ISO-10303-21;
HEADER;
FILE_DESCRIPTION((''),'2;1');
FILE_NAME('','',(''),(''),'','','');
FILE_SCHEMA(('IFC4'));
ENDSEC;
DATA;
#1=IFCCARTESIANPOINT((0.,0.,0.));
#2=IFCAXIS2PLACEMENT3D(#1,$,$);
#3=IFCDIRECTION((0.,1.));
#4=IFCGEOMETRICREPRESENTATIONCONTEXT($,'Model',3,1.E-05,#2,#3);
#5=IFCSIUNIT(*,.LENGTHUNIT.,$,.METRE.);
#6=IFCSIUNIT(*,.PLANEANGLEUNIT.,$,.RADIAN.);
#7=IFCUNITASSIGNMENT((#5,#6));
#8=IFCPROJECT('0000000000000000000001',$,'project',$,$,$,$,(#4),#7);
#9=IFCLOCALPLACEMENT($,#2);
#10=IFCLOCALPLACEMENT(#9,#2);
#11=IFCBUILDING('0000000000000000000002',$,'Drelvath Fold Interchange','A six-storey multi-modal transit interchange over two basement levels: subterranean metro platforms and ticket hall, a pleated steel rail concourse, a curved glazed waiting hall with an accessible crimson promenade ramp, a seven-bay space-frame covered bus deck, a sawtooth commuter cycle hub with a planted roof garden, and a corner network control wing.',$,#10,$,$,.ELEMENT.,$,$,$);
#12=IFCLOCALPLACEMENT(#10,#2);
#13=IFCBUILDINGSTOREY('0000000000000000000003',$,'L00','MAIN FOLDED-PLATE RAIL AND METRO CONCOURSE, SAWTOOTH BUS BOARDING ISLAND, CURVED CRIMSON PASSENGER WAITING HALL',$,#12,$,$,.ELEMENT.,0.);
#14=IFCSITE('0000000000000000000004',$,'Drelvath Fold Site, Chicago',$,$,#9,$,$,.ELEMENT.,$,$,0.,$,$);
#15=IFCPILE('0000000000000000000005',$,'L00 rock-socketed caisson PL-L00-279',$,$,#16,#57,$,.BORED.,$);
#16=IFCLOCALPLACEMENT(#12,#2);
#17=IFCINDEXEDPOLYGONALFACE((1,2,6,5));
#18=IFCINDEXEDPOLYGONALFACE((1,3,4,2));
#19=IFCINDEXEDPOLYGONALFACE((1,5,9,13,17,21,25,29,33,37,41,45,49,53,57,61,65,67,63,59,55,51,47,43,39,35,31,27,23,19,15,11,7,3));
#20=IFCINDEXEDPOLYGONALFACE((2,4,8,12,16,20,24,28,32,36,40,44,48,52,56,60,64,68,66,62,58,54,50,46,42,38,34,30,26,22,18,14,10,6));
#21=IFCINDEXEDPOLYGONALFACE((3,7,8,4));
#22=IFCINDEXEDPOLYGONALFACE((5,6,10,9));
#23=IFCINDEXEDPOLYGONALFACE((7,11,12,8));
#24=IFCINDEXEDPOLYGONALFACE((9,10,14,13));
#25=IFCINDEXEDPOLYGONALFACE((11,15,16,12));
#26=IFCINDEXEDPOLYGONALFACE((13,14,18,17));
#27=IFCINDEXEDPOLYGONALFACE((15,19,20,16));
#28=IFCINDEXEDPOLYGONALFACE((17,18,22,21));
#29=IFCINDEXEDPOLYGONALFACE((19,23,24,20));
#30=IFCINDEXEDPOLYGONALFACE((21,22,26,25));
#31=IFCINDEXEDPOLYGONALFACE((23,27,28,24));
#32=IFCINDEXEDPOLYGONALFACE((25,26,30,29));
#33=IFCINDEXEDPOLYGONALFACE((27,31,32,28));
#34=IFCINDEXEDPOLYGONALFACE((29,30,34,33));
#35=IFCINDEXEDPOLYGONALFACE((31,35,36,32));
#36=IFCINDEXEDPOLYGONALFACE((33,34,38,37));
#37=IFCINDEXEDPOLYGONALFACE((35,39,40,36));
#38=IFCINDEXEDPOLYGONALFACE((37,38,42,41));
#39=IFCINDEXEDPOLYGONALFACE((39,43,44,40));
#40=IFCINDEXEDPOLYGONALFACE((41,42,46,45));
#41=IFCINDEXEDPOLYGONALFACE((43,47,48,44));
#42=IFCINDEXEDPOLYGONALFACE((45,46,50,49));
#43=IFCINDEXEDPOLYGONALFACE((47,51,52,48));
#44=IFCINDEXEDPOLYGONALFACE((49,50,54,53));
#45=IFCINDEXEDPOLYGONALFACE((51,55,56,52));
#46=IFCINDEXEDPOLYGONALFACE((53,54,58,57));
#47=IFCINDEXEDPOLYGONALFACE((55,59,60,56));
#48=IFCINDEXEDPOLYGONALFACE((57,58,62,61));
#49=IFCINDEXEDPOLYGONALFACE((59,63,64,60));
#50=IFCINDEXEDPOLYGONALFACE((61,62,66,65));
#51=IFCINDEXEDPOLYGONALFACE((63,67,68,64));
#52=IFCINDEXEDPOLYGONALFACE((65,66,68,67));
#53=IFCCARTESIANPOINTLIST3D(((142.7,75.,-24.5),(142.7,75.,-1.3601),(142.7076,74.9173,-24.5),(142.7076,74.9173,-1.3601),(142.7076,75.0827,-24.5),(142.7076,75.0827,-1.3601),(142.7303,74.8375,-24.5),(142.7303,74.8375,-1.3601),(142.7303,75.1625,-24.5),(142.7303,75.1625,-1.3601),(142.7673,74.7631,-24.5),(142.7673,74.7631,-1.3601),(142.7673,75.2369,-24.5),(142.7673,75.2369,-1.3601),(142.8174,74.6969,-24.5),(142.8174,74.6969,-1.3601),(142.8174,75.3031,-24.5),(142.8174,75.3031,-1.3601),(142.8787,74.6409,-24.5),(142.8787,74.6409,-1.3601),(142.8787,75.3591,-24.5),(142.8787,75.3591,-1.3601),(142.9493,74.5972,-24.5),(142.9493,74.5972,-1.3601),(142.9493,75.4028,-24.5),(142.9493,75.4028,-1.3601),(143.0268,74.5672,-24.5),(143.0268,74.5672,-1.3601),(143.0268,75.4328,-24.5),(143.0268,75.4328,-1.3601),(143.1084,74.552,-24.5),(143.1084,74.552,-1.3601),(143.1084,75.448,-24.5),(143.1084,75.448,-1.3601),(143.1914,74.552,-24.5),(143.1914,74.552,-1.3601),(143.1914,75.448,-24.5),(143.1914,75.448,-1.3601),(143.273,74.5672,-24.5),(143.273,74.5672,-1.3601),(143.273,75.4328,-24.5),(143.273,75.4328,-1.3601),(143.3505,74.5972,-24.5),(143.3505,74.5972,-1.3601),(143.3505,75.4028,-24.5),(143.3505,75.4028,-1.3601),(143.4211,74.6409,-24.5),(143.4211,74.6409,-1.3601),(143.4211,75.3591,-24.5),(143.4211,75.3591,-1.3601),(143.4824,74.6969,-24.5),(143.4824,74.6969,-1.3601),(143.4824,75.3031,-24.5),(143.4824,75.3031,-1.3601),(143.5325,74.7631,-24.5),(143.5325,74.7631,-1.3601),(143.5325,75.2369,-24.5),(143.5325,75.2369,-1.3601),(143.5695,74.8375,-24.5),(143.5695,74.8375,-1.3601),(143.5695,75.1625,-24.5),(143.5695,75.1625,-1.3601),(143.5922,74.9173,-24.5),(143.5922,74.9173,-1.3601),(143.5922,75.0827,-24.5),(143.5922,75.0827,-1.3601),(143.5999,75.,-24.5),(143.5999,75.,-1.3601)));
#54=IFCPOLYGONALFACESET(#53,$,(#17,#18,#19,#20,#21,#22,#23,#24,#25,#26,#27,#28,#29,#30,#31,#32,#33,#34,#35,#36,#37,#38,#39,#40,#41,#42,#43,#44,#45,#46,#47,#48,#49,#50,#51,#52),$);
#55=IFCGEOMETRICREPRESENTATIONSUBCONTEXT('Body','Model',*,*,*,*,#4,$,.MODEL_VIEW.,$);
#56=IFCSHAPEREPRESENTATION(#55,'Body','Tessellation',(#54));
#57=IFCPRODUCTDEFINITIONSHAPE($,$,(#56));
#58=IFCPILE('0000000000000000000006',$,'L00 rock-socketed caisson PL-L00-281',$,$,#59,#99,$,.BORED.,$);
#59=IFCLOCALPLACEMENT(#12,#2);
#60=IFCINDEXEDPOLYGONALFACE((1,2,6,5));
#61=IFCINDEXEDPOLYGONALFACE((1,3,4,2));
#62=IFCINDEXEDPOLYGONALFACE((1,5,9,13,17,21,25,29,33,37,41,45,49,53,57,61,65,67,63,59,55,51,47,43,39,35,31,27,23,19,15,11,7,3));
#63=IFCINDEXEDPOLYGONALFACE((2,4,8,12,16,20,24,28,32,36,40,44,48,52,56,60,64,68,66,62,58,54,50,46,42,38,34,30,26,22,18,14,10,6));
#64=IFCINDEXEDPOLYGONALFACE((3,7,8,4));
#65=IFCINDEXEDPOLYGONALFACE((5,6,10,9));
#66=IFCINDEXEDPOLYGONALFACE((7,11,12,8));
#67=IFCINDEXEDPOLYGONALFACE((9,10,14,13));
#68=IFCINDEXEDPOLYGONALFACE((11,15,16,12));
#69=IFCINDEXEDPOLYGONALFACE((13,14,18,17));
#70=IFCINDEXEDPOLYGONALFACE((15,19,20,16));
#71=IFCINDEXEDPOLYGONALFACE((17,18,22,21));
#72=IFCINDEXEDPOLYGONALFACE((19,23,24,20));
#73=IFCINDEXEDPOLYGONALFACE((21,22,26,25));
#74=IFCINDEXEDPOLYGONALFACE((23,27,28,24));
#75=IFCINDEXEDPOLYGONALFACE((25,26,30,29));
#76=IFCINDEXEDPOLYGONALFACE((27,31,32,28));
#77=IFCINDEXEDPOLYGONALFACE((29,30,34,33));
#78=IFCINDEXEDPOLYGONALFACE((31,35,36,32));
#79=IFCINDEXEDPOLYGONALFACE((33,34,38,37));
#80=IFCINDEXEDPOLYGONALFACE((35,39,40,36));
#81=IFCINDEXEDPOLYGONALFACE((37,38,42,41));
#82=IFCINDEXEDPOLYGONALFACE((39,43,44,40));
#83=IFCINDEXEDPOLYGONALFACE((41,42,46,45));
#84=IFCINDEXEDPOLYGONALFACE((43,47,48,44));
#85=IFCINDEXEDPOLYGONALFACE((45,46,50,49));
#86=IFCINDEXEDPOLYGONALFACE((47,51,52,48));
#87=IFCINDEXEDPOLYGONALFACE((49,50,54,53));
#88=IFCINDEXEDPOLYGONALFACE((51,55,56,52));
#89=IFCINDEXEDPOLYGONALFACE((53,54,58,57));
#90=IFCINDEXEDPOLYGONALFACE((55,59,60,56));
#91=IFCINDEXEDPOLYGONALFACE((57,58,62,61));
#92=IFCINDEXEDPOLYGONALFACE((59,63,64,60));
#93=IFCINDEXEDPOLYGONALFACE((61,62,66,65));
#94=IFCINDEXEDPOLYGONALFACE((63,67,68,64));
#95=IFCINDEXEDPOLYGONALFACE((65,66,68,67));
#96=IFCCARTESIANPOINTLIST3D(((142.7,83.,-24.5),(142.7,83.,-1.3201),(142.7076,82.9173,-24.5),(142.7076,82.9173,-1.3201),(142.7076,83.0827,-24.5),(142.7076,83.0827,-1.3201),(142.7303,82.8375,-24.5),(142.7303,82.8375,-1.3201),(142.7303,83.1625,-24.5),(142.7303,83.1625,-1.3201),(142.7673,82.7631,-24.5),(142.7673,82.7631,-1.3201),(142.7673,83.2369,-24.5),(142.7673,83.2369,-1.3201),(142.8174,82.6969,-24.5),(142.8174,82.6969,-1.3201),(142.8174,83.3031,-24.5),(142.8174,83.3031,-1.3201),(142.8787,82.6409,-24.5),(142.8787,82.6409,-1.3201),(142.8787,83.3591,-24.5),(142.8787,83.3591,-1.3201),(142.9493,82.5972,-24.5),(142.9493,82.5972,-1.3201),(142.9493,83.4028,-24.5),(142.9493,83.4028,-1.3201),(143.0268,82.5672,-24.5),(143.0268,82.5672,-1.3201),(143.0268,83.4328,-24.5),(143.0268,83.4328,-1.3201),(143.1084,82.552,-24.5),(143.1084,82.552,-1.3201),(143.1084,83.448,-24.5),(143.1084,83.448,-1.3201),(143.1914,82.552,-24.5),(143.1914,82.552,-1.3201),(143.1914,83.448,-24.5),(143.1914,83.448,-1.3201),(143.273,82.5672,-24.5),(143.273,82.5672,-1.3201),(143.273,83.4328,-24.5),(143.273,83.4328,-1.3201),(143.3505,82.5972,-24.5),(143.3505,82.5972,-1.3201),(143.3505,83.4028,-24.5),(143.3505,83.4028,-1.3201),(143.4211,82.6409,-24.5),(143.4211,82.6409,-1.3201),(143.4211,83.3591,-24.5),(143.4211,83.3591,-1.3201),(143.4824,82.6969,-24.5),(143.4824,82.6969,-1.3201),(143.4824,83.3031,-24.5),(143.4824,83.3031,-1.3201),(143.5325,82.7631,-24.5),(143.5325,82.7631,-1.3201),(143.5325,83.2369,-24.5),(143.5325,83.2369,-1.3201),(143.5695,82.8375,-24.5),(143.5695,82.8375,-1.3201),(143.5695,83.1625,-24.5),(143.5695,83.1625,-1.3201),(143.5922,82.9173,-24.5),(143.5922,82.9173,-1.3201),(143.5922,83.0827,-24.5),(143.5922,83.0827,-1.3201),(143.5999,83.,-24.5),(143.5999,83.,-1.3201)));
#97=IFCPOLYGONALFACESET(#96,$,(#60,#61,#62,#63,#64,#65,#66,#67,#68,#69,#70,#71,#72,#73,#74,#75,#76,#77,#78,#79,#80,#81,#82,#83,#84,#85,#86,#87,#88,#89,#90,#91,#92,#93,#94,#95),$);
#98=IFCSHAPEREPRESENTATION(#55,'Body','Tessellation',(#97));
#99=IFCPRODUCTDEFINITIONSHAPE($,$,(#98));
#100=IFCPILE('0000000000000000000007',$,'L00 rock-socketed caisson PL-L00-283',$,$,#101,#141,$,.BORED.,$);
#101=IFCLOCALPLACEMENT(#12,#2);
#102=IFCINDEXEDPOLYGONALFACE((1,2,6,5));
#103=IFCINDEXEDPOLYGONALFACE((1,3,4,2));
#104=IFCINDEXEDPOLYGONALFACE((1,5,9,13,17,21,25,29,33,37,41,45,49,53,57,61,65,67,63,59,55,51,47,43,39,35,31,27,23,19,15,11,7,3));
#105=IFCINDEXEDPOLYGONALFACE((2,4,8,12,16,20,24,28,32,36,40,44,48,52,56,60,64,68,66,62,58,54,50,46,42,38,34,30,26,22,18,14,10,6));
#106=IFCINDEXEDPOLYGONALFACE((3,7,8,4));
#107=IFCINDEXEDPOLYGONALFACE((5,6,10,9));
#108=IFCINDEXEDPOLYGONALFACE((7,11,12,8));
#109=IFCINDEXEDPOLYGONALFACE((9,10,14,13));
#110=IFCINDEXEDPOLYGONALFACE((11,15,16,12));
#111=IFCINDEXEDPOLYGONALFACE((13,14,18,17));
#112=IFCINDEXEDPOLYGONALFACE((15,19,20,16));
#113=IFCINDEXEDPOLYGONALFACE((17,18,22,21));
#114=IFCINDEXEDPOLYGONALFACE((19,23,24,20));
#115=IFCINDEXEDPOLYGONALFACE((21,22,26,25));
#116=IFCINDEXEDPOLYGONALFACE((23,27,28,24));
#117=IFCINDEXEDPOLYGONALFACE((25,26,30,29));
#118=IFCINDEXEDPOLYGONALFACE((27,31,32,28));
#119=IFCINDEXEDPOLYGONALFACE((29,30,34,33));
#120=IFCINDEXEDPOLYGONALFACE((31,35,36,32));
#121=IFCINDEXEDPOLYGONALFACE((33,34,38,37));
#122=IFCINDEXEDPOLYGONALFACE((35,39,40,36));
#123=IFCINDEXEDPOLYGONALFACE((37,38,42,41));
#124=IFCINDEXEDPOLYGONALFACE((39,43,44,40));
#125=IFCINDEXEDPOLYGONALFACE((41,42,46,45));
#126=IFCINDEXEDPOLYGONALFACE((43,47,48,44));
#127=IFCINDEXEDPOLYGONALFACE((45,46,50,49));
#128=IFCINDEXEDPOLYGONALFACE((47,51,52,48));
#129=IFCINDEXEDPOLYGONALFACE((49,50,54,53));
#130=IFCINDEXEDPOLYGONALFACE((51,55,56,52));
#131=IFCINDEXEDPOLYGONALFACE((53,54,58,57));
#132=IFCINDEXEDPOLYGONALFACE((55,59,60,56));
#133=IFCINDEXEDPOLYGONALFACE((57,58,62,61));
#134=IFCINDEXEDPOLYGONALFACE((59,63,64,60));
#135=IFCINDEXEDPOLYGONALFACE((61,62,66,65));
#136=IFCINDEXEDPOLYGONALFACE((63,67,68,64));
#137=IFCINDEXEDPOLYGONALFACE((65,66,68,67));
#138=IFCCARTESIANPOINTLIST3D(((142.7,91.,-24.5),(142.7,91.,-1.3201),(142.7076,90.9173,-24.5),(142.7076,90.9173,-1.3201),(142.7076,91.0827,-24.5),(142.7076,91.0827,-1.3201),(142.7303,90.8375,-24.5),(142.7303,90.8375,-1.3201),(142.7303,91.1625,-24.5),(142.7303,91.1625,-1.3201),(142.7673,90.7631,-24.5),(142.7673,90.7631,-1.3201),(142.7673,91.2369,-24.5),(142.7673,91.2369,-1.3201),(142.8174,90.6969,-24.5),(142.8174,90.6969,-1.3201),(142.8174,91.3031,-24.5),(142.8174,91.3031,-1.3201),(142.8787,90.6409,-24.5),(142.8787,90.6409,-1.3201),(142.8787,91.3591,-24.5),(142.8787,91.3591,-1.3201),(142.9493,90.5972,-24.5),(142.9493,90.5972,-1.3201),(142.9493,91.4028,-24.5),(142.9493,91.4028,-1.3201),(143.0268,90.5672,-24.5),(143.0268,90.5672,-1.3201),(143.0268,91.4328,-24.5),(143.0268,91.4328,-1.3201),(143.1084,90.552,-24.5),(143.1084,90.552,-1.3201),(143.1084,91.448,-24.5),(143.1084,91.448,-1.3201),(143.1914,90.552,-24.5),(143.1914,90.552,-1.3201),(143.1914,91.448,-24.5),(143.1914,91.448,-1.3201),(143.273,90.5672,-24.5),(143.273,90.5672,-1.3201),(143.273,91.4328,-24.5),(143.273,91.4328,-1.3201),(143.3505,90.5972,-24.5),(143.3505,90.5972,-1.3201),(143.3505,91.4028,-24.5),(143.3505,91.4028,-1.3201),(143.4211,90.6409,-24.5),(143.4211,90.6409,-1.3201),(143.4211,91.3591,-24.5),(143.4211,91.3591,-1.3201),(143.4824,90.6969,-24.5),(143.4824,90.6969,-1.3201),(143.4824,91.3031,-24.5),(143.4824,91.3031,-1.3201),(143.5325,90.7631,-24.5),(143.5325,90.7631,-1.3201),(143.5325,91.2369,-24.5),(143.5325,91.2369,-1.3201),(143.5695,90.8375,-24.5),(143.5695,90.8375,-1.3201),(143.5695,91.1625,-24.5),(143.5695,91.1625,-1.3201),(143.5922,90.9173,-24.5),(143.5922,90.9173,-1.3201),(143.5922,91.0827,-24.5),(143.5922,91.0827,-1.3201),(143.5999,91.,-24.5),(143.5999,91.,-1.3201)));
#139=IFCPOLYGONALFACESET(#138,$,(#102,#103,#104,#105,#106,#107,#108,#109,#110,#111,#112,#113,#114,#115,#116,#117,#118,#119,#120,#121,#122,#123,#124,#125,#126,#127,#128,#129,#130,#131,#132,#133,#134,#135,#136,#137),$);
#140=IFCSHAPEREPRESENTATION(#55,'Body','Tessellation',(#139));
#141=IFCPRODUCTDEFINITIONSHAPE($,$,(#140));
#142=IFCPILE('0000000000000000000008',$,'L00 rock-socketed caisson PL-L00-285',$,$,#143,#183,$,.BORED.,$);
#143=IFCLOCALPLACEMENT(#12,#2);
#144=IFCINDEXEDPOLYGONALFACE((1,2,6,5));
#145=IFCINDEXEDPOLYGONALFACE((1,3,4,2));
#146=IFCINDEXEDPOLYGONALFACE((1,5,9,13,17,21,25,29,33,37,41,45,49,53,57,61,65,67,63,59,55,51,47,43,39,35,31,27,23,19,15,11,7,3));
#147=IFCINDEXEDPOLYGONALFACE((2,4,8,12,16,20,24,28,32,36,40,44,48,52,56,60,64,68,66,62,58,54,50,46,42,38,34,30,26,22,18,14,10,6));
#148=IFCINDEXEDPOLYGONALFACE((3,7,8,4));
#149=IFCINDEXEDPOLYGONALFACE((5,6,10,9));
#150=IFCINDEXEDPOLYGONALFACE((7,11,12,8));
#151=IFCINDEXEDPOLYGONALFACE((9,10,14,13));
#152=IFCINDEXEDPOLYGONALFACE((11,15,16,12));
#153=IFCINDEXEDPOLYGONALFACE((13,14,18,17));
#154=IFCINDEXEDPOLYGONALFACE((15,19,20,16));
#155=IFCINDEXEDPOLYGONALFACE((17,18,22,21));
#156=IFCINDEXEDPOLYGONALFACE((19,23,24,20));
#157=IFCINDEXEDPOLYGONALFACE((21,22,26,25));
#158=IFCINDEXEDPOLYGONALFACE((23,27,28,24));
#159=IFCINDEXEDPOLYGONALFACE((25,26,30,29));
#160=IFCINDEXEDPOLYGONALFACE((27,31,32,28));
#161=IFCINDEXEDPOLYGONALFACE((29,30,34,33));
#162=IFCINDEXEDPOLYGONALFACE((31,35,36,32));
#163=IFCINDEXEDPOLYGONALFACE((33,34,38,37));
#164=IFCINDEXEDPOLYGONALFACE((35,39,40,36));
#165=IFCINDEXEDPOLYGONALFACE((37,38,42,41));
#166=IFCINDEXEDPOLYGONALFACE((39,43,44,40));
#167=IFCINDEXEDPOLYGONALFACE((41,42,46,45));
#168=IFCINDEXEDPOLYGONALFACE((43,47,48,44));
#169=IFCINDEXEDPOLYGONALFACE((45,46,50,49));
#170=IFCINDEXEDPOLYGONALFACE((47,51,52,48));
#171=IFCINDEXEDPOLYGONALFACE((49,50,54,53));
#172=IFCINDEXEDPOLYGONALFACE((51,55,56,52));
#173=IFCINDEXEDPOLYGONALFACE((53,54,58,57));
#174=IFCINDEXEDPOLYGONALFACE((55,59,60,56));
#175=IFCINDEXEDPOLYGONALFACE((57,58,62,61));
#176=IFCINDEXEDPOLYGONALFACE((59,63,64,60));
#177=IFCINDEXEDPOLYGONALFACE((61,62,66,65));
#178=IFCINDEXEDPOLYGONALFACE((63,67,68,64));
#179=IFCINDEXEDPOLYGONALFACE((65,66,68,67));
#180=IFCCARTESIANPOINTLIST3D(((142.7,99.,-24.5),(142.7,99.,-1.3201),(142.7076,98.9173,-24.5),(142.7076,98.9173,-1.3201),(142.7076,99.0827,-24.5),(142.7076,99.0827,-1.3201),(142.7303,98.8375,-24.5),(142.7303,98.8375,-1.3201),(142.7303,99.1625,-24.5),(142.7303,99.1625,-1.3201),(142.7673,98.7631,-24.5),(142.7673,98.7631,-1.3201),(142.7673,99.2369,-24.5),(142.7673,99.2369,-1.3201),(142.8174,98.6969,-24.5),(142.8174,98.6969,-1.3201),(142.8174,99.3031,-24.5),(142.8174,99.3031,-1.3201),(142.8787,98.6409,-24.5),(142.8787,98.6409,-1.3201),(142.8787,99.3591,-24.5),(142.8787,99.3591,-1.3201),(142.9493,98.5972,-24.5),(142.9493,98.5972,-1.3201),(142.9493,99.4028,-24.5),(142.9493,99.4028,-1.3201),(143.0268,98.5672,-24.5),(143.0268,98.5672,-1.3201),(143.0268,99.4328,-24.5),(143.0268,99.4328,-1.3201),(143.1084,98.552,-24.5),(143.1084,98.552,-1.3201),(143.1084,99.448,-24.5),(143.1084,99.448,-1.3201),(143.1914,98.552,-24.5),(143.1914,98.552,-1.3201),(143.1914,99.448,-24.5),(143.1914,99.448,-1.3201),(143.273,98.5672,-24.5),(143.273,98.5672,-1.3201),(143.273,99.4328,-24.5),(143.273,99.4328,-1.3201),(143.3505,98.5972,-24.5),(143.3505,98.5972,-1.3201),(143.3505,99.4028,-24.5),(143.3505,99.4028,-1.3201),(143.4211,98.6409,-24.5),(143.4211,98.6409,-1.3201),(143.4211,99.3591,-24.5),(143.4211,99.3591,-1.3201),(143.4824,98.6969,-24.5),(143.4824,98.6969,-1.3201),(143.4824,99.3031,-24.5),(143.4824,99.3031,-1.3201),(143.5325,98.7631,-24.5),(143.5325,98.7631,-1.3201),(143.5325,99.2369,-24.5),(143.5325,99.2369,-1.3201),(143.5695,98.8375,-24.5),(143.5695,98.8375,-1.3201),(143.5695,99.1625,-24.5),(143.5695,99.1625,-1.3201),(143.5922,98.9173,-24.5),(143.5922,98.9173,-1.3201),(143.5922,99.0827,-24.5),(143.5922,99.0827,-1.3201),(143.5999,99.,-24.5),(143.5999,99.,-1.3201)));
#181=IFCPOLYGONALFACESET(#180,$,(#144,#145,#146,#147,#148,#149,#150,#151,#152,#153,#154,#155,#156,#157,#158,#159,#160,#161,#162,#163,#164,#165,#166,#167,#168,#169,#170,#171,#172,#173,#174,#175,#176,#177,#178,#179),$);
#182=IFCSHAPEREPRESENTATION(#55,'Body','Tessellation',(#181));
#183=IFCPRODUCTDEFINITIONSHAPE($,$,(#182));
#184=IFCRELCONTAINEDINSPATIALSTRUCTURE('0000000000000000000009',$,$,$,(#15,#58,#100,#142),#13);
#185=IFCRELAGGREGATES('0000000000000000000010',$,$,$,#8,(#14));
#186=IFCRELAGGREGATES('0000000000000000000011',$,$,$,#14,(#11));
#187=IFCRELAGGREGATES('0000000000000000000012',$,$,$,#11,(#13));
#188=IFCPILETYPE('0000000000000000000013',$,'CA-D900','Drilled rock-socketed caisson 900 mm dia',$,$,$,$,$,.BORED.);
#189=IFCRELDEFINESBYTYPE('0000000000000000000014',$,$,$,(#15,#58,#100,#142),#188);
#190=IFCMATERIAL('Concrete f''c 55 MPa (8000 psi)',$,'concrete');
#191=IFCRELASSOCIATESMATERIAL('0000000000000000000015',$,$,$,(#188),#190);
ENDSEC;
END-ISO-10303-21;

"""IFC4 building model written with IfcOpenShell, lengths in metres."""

from ifc_helpers import new_model, si_unit, direction, frame, origin, origin_2d, place, context, subcontext, project, spatial, circle, extrude, material, material_profile, profile_set, type_object, element, save


model = new_model("IFC4")

# Units and contexts
model_context = context("Model", 3, precision=1e-05, world=origin(), true_north=direction((0.0, 1.0)))
body_context = subcontext(model_context, "Body", "Model", "MODEL_VIEW")
ifc_project = project(units=[si_unit("LENGTHUNIT", "METRE"), si_unit("PLANEANGLEUNIT", "RADIAN")], contexts=[model_context])

# Site, building, storey
site_placement = place(None, origin())
site = spatial("IfcSite", under=ifc_project, at=site_placement, Name="Drelvath Fold Site, Chicago", CompositionType="ELEMENT", RefElevation=0.0)
building_placement = place(site_placement, origin())
building = spatial("IfcBuilding", under=site, at=building_placement, Name="Drelvath Fold Interchange", Description="A six-storey multi-modal transit interchange over two basement levels: subterranean metro platforms and ticket hall, a pleated steel rail concourse, a curved glazed waiting hall with an accessible crimson promenade ramp, a seven-bay space-frame covered bus deck, a sawtooth commuter cycle hub with a planted roof garden, and a corner network control wing.", CompositionType="ELEMENT")
storey_placement = place(building_placement, origin())
storey = spatial("IfcBuildingStorey", under=building, at=storey_placement, Name="L00", Description="MAIN FOLDED-PLATE RAIL AND METRO CONCOURSE, SAWTOOTH BUS BOARDING ISLAND, CURVED CRIMSON PASSENGER WAITING HALL", CompositionType="ELEMENT", Elevation=0.0)

# Piles
ifc_material_1 = material(Name="Concrete f'c 55 MPa (8000 psi)", Category="concrete")
ifc_material_profile_1 = material_profile(ifc_material_1, circle(Radius=0.45, at=origin_2d()), Name="CAISSON D900")
ifc_profile_set_1 = profile_set([ifc_material_profile_1], Name="Concrete f'c 55 MPa (8000 psi)")
pile_type = type_object("IfcPileType", Name="CA-D900", Description="Drilled rock-socketed caisson 900 mm dia", PredefinedType="BORED", material=ifc_profile_set_1)
pile_1_placement = place(storey_placement, frame((143.1499, 75.0, -1.3601), z_axis=(0.0, 0.0, -1.0), x_axis=(1.0, 0.0, 0.0)))
element("IfcPile", 1, at=pile_1_placement, inside=storey, type_object=pile_type, Name="L00 rock-socketed caisson PL-L00-279", PredefinedType="BORED", context=body_context, shape_type="SweptSolid", body=[
    extrude(circle(Radius=0.45, at=origin_2d()), origin(), (0.0, 0.0, 1.0), 23.1399),
])
for number, where, z_axis, x_axis, name in (
    (2, (143.1499, 83.0, -1.3201), (0.0, 0.0, -1.0), (1.0, 0.0, 0.0), "L00 rock-socketed caisson PL-L00-281"),
    (3, (143.1499, 91.0, -1.3201), (0.0, 0.0, -1.0), (1.0, 0.0, 0.0), "L00 rock-socketed caisson PL-L00-283"),
    (4, (143.1499, 99.0, -1.3201), (0.0, 0.0, -1.0), (1.0, 0.0, 0.0), "L00 rock-socketed caisson PL-L00-285"),
):
    element("IfcPile", number, at=place(storey_placement, frame(where, z_axis=z_axis, x_axis=x_axis)), inside=storey, type_object=pile_type, Name=name, PredefinedType="BORED", context=body_context, shape_type="SweptSolid", body=[
        extrude(circle(Radius=0.45, at=origin_2d()), origin(), (0.0, 0.0, 1.0), 23.1799),
    ])

save(model, "model.ifc")
